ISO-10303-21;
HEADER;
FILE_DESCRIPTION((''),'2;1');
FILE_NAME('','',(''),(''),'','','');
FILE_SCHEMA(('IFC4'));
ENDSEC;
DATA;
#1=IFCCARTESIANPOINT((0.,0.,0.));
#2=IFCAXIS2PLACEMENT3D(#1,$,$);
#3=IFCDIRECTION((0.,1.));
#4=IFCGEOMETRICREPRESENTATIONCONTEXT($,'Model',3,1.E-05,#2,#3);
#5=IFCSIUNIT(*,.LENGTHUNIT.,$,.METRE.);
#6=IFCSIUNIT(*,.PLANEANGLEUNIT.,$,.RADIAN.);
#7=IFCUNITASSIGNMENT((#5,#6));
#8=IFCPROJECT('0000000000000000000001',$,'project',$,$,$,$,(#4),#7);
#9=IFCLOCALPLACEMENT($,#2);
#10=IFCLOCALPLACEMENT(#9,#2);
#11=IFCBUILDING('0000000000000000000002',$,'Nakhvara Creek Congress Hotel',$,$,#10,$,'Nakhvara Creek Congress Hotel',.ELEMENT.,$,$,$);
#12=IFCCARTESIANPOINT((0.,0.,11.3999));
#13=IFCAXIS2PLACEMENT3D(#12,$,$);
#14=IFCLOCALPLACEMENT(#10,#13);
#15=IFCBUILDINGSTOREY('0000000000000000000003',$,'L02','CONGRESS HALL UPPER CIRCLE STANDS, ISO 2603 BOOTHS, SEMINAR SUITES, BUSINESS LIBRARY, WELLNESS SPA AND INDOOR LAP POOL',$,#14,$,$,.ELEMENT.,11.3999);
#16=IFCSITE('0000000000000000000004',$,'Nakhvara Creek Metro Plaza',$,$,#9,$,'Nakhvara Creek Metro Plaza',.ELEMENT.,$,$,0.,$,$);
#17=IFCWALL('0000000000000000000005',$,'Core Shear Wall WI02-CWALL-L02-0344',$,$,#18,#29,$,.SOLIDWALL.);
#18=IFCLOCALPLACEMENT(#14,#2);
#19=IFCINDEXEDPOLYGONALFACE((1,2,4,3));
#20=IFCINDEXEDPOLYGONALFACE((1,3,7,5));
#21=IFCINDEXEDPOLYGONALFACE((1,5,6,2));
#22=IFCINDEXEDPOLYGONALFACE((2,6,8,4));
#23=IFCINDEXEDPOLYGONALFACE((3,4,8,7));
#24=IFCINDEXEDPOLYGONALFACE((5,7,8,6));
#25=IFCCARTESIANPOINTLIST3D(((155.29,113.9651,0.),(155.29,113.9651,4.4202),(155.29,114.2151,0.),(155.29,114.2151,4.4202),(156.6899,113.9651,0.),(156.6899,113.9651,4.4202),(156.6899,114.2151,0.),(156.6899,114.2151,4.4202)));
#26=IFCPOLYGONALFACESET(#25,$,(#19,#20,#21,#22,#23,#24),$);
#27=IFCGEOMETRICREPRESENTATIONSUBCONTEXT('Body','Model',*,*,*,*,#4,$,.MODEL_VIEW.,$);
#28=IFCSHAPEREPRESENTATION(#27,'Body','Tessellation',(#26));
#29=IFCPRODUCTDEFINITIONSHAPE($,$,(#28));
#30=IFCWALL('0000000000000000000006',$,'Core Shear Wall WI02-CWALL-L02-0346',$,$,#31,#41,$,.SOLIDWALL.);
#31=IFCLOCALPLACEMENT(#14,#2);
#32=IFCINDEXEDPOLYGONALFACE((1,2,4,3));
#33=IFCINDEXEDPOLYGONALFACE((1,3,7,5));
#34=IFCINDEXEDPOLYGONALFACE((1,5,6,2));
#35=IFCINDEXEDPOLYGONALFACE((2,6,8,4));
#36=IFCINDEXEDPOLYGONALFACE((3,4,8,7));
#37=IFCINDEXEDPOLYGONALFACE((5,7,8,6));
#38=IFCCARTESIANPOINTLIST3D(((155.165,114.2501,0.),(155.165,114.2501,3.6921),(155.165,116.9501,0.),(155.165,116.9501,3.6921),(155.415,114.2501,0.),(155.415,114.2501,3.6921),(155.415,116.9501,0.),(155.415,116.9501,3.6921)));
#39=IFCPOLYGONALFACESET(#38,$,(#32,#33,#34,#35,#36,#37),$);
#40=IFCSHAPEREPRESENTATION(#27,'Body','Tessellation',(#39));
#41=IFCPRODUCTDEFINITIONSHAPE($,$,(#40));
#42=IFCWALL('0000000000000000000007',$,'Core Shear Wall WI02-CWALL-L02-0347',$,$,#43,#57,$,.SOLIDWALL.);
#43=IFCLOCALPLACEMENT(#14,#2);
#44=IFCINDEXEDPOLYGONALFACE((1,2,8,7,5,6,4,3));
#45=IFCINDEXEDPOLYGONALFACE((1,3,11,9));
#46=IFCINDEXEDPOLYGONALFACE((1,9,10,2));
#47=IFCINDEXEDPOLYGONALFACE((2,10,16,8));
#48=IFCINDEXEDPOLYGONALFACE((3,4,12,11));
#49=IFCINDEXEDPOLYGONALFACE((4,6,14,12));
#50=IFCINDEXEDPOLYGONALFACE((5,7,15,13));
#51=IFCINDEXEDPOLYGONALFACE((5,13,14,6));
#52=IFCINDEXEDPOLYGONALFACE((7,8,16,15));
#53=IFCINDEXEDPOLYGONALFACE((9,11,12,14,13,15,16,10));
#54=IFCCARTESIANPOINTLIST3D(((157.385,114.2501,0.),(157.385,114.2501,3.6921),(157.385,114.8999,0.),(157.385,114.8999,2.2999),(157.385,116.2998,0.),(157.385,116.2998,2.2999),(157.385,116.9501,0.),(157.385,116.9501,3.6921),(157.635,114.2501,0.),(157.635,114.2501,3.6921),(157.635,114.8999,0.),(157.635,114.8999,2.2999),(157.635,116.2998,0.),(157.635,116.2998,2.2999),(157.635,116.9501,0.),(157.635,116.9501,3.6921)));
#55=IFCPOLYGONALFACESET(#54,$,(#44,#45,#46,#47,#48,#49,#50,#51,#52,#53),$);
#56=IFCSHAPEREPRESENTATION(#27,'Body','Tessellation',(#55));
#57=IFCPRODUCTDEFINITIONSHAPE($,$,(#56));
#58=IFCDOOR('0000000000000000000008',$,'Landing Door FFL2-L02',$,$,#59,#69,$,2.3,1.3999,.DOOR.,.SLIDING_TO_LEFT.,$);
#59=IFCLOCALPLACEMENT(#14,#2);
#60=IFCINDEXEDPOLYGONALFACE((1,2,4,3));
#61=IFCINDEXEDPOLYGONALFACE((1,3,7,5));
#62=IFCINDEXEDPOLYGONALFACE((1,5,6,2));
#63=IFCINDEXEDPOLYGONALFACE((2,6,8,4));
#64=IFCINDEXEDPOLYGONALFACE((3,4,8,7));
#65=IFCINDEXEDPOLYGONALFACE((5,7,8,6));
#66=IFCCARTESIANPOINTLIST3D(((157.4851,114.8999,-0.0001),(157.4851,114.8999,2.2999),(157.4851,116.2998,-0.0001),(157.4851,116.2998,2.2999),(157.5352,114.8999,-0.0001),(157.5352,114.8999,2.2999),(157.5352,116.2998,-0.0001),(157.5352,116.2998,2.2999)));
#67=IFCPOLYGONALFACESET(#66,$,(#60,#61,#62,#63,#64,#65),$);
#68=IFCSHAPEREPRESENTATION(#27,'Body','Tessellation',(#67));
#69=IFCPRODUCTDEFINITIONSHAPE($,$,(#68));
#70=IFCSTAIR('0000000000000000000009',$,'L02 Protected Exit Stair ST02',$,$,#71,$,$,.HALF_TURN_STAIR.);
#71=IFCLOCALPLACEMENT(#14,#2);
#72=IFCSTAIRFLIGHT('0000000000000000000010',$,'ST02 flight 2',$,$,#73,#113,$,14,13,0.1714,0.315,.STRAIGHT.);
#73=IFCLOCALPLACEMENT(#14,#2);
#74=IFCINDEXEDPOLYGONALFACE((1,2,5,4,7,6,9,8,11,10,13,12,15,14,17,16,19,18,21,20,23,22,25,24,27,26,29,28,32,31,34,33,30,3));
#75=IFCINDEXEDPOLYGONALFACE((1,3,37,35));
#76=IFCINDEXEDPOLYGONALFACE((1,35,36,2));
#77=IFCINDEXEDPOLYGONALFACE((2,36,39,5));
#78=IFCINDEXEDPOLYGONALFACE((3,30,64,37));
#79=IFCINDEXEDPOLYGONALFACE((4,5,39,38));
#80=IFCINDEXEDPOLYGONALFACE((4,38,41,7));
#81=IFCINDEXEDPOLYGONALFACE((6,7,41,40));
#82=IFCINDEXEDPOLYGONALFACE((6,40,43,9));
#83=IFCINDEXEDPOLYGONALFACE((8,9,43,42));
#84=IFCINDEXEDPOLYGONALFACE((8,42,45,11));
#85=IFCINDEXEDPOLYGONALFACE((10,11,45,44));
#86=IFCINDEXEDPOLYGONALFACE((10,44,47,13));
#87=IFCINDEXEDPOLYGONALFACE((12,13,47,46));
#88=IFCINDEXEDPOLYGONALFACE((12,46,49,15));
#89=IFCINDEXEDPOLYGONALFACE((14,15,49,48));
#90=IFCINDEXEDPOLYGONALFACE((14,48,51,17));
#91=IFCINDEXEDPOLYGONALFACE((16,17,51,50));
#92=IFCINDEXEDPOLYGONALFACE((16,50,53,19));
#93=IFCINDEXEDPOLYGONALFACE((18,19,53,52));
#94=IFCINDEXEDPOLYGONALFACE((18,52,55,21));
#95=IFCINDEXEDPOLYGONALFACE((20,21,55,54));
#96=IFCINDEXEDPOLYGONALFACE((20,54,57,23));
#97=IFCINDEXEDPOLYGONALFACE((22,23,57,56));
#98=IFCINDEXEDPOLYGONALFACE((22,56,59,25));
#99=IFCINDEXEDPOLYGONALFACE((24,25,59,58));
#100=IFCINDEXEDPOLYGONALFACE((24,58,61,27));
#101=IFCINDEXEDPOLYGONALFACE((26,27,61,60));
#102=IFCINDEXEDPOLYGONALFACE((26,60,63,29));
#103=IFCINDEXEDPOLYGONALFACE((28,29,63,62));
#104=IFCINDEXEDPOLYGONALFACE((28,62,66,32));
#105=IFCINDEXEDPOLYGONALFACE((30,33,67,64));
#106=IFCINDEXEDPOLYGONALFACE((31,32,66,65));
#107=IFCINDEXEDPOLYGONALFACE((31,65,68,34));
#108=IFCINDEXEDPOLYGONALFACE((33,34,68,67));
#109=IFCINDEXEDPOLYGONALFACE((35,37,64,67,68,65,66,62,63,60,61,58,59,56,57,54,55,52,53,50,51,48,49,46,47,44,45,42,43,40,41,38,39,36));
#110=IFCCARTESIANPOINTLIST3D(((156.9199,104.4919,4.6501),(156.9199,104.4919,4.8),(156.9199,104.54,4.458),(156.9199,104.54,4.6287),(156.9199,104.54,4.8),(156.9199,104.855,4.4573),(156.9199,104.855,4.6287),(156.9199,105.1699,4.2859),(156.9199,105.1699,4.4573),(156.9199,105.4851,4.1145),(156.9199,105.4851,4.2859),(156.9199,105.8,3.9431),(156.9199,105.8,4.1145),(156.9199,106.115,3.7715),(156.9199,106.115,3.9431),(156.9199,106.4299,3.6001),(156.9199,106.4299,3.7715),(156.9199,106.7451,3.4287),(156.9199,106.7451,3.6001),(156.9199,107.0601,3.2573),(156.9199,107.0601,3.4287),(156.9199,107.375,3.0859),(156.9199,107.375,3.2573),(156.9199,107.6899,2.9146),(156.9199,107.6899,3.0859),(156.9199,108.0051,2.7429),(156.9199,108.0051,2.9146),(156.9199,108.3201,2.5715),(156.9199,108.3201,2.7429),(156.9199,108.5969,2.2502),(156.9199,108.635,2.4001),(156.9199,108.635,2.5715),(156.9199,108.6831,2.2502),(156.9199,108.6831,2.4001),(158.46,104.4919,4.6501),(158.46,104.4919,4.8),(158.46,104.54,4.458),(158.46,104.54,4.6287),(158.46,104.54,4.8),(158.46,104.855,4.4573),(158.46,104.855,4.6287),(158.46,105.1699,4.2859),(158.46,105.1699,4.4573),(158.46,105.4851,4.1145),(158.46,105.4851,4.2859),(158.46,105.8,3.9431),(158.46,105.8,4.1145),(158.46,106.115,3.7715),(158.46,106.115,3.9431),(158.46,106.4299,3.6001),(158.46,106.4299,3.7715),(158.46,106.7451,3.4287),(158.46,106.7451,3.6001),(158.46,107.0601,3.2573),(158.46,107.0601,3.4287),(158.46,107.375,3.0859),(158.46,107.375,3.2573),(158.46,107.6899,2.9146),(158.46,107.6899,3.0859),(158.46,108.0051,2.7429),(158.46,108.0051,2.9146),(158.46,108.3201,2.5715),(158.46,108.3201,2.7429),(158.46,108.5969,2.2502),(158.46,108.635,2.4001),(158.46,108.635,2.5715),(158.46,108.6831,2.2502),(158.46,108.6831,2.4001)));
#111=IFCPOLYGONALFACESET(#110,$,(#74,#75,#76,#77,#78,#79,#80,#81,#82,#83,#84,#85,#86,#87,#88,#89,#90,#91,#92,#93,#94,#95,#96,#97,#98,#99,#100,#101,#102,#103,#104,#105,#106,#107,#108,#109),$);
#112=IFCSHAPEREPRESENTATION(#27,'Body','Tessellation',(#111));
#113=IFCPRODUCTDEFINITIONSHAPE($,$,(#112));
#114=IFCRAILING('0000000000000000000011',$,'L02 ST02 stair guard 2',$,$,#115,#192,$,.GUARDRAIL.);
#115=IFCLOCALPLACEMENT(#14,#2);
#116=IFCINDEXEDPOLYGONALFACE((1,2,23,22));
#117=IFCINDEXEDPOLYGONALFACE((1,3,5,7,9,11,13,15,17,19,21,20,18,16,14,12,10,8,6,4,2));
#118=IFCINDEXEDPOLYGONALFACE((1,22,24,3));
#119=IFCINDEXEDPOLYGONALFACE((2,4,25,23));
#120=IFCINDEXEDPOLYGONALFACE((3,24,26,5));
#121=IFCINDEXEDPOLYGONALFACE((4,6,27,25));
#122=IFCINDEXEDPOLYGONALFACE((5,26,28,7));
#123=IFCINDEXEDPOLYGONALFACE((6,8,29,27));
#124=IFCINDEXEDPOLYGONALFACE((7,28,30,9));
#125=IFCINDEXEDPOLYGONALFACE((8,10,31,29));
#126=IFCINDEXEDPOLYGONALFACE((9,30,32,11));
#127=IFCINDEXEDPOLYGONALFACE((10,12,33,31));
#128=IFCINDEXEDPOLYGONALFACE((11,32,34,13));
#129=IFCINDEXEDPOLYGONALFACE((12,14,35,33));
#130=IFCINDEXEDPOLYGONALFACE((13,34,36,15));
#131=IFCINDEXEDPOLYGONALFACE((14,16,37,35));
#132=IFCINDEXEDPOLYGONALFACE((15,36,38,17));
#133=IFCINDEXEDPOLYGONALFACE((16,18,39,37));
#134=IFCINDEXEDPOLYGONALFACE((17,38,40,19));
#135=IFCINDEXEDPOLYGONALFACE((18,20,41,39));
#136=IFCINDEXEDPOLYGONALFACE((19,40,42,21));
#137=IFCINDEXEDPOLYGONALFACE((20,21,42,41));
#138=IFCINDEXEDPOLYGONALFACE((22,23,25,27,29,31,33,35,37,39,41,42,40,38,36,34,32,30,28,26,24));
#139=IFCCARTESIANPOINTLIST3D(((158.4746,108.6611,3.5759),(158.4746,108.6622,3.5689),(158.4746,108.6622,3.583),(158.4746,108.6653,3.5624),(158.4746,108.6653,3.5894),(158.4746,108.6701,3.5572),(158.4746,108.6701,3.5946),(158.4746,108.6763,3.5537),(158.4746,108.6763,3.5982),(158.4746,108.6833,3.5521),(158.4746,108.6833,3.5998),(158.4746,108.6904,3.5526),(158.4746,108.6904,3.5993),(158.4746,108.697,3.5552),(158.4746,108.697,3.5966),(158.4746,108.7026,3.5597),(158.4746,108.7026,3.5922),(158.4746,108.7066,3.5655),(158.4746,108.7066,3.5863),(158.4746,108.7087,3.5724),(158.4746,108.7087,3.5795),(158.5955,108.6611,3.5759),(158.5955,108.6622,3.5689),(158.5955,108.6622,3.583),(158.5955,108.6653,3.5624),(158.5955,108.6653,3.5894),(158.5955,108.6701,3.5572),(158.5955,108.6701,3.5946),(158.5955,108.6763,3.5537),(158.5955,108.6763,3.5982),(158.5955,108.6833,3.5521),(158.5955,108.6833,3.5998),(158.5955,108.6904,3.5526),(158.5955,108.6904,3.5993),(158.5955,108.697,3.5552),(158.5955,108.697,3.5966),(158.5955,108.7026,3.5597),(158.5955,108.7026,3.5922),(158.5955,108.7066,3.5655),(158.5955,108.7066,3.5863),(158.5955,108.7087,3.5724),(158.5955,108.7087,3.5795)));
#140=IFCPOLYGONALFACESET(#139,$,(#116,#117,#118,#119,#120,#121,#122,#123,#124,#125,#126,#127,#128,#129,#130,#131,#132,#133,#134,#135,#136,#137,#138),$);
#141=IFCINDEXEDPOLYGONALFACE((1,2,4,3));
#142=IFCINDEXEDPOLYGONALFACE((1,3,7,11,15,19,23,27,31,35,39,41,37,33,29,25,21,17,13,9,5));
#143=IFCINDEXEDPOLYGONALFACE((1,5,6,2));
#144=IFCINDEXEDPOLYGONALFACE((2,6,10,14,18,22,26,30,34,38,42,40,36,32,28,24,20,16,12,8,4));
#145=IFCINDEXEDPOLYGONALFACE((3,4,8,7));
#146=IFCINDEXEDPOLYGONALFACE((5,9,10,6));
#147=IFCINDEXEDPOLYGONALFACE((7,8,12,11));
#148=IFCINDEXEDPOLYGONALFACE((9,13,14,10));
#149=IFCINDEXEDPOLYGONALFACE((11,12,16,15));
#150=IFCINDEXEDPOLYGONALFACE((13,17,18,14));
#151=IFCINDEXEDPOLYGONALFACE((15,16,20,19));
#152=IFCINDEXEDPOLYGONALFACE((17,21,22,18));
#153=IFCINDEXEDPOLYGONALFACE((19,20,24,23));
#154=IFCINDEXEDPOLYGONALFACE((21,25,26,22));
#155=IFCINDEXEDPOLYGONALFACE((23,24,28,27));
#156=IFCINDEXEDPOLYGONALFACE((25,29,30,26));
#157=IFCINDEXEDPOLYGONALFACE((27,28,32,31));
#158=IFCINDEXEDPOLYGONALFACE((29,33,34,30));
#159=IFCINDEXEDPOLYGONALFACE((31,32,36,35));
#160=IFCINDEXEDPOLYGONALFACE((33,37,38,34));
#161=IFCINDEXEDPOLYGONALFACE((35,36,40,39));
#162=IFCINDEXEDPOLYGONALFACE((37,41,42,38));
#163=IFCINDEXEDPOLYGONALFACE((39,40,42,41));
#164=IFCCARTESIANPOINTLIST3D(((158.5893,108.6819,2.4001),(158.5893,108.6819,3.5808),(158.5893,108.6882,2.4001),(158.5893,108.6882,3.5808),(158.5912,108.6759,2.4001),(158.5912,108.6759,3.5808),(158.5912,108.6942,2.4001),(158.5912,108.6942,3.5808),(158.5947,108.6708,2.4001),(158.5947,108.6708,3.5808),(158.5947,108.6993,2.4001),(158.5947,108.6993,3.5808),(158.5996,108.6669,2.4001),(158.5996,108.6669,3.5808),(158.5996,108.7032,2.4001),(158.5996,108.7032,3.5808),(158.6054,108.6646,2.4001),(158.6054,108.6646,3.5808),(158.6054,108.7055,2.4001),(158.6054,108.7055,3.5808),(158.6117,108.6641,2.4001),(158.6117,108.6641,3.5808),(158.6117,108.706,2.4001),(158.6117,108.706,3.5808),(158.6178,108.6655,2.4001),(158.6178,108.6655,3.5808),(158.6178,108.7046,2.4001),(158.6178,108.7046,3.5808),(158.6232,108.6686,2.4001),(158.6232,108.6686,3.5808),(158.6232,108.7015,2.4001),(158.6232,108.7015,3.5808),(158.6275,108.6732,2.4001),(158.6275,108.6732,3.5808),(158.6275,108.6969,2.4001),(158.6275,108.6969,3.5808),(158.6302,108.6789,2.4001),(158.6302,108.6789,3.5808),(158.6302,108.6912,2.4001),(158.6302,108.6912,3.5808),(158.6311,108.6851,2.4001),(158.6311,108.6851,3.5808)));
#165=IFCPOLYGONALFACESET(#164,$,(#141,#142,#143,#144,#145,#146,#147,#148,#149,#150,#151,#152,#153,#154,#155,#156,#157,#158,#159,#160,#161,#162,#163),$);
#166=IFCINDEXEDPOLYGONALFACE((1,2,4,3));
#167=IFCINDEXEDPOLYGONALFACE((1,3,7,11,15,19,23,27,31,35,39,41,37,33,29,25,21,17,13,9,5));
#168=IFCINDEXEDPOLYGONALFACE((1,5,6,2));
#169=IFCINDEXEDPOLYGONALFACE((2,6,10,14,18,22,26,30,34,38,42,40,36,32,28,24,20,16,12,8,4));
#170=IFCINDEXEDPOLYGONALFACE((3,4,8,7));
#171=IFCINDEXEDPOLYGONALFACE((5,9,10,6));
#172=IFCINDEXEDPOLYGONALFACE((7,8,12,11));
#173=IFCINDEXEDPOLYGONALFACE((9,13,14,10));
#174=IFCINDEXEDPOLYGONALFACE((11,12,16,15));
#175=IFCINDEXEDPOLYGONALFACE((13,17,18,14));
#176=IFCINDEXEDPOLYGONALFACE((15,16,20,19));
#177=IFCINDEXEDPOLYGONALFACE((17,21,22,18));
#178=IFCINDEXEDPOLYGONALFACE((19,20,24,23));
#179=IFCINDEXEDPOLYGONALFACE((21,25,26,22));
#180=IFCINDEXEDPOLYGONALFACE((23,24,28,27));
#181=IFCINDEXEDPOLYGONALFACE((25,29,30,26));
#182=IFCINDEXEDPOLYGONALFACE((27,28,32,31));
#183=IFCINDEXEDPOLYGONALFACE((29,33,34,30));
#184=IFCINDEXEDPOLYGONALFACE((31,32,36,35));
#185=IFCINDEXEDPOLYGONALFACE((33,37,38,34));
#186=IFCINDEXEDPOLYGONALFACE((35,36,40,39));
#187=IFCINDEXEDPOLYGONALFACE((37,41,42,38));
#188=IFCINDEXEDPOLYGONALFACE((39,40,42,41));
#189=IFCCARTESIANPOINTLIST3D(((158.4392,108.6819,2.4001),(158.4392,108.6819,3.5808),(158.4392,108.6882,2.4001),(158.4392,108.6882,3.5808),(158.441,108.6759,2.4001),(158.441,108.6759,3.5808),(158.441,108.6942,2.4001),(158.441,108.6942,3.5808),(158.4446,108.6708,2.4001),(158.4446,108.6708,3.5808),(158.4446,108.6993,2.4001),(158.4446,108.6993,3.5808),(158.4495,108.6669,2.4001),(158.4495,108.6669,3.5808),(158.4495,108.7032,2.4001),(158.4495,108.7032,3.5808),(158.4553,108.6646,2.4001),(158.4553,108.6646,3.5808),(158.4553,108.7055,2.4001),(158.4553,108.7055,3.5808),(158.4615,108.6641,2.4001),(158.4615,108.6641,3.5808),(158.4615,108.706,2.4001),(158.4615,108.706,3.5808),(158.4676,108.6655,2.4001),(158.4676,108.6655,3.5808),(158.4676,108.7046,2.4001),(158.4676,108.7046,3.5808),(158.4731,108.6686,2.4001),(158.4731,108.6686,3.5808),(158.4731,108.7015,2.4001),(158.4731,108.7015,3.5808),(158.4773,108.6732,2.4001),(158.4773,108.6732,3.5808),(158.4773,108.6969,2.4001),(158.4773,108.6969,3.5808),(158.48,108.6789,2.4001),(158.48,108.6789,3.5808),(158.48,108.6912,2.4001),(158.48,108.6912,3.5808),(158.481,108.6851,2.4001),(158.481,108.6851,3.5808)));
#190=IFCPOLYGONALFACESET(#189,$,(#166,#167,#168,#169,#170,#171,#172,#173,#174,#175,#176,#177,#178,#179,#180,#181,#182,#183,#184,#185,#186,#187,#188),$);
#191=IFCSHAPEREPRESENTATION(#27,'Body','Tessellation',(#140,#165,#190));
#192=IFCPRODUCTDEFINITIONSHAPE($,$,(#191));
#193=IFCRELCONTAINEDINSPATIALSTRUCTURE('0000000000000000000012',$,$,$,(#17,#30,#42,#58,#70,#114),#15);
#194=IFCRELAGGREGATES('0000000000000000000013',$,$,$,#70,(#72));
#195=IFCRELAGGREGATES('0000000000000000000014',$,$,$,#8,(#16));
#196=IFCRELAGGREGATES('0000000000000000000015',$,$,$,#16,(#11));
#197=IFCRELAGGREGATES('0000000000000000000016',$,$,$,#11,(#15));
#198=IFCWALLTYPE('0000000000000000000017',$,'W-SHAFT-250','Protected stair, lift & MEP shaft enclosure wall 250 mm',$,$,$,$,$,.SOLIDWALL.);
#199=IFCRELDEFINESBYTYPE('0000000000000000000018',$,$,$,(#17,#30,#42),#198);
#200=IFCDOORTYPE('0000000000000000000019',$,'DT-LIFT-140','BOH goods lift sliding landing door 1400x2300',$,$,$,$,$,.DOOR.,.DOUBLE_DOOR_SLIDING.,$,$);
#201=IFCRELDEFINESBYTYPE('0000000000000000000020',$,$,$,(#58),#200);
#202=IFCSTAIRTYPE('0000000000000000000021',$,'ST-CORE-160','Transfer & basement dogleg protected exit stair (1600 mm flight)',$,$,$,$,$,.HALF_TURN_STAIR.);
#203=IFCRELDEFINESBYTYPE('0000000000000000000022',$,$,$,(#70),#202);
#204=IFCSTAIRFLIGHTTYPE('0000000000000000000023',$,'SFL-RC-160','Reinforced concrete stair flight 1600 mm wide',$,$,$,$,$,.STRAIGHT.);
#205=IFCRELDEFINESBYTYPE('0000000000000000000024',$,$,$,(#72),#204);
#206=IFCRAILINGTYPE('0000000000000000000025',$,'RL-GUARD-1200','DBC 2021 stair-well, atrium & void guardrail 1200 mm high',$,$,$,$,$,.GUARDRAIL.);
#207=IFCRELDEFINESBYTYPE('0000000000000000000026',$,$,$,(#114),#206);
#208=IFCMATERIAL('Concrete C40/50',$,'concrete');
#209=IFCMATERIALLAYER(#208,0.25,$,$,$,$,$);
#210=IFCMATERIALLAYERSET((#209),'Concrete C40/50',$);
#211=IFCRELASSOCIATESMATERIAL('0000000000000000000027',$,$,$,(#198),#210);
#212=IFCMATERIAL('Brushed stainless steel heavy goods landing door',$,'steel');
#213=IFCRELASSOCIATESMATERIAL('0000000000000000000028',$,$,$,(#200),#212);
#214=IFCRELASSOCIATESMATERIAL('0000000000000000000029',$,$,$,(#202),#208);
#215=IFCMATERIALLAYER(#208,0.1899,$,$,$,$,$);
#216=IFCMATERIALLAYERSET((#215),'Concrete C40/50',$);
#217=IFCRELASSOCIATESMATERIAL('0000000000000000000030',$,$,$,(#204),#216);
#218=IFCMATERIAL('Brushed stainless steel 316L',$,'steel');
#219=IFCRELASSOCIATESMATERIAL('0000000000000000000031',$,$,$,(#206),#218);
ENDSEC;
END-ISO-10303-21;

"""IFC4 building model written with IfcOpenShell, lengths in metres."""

from ifc_helpers import new_model, si_unit, direction, frame, frame_2d, origin, origin_2d, place, context, subcontext, project, spatial, polyline, rectangle, circle, outline, extrude, material, layer, layer_set, type_object, element, fill, aggregate, save


model = new_model("IFC4")

# Units and contexts
model_context = context("Model", 3, precision=1e-05, world=origin(), true_north=direction((0.0, 1.0)))
body_context = subcontext(model_context, "Body", "Model", "MODEL_VIEW")
ifc_project = project(units=[si_unit("LENGTHUNIT", "METRE"), si_unit("PLANEANGLEUNIT", "RADIAN")], contexts=[model_context])

# Site, building, storey
site_placement = place(None, origin())
site = spatial("IfcSite", under=ifc_project, at=site_placement, Name="Nakhvara Creek Metro Plaza", LongName="Nakhvara Creek Metro Plaza", CompositionType="ELEMENT", RefElevation=0.0)
building_placement = place(site_placement, origin())
building = spatial("IfcBuilding", under=site, at=building_placement, Name="Nakhvara Creek Congress Hotel", LongName="Nakhvara Creek Congress Hotel", CompositionType="ELEMENT")
storey_placement = place(building_placement, frame((0.0, 0.0, 11.3999)))
storey = spatial("IfcBuildingStorey", under=building, at=storey_placement, Name="L02", Description="CONGRESS HALL UPPER CIRCLE STANDS, ISO 2603 BOOTHS, SEMINAR SUITES, BUSINESS LIBRARY, WELLNESS SPA AND INDOOR LAP POOL", CompositionType="ELEMENT", Elevation=11.3999)

# Shared definitions
ifc_material_1 = material(Name="Concrete C40/50", Category="concrete")

# Walls
ifc_layer_1 = layer(ifc_material_1, 0.25)
ifc_layer_set_1 = layer_set([ifc_layer_1], Name="Concrete C40/50")
wall_type_1 = type_object("IfcWallType", Name="W-SHAFT-250", Description="Protected stair, lift & MEP shaft enclosure wall 250 mm", PredefinedType="SOLIDWALL", material=ifc_layer_set_1)
wall_1_placement = place(storey_placement, frame((155.29, 114.0901, 0.0), z_axis=(0.0, 0.0, 1.0), x_axis=(1.0, 0.0, 0.0)))
element("IfcWall", 1, at=wall_1_placement, inside=storey, type_object=wall_type_1, Name="Core Shear Wall WI02-CWALL-L02-0344", PredefinedType="SOLIDWALL", context=body_context, shape_type="SweptSolid", body=[
    extrude(rectangle(XDim=1.3999, YDim=0.25, at=frame_2d((0.7, 0.0))), origin(), (0.0, 0.0, 1.0), 4.4202),
])
wall_2_placement = place(storey_placement, frame((155.29, 114.25, 0.0), z_axis=(0.0, 0.0, 1.0), x_axis=(0.0, 1.0, 0.0)))
element("IfcWall", 2, at=wall_2_placement, inside=storey, type_object=wall_type_1, Name="Core Shear Wall WI02-CWALL-L02-0346", PredefinedType="SOLIDWALL", context=body_context, shape_type="SweptSolid", body=[
    extrude(rectangle(XDim=2.7, YDim=0.25, at=frame_2d((1.3501, 0.0))), origin(), (0.0, 0.0, 1.0), 3.6921),
])

# Wall, opening, door
wall_3_placement = place(storey_placement, frame((157.51, 114.25, 0.0), z_axis=(0.0, 0.0, 1.0), x_axis=(0.0, 1.0, 0.0)))
wall_3 = element("IfcWall", 3, at=wall_3_placement, inside=storey, type_object=wall_type_1, Name="Core Shear Wall WI02-CWALL-L02-0347", PredefinedType="SOLIDWALL", context=body_context, shape_type="SweptSolid", body=[
    extrude(rectangle(XDim=2.7, YDim=0.25, at=frame_2d((1.3501, 0.0))), origin(), (0.0, 0.0, 1.0), 3.6921),
])
opening_1_placement = place(wall_3_placement, frame((0.6499, 0.0, 0.0)))
opening_1 = element("IfcOpeningElement", 4, at=opening_1_placement, cuts=wall_3, PredefinedType="OPENING", context=body_context, shape_type="SweptSolid", body=[
    extrude(rectangle(XDim=1.3999, YDim=2.3, at=frame_2d((0.7, 1.1499))), frame((0.0, 0.137, 0.0), z_axis=(0.0, -1.0, 0.0), x_axis=(1.0, 0.0, 0.0)), (0.0, 0.0, 1.0), 0.2739),
])
ifc_material_2 = material(Name="Brushed stainless steel heavy goods landing door", Category="steel")
door_type_1 = type_object("IfcDoorType", Name="DT-LIFT-140", Description="BOH goods lift sliding landing door 1400x2300", OperationType="DOUBLE_DOOR_SLIDING", PredefinedType="DOOR", material=ifc_material_2)
door_1_placement = place(opening_1_placement, origin())
door_1 = element("IfcDoor", 5, at=door_1_placement, inside=storey, type_object=door_type_1, Name="Landing Door FFL2-L02", OperationType="SLIDING_TO_LEFT", OverallHeight=2.3, OverallWidth=1.3999, PredefinedType="DOOR", context=body_context, shape_type="SweptSolid", body=[
    extrude(rectangle(XDim=1.3999, YDim=2.3, at=frame_2d((0.7, 1.1499))), frame((0.0, 0.0249, 0.0), z_axis=(0.0, -1.0, 0.0), x_axis=(1.0, 0.0, 0.0)), (0.0, 0.0, 1.0), 0.05),
])
fill(opening_1, door_1)

# Stair, stair flight
stair_type = type_object("IfcStairType", Name="ST-CORE-160", Description="Transfer & basement dogleg protected exit stair (1600 mm flight)", PredefinedType="HALF_TURN_STAIR", material=ifc_material_1)
stair_placement = place(storey_placement, origin())
stair = element("IfcStair", 6, at=stair_placement, inside=storey, type_object=stair_type, Name="L02 Protected Exit Stair ST02", PredefinedType="HALF_TURN_STAIR")
ifc_layer_2 = layer(ifc_material_1, 0.1899)
ifc_layer_set_2 = layer_set([ifc_layer_2], Name="Concrete C40/50")
stair_flight_type = type_object("IfcStairFlightType", Name="SFL-RC-160", Description="Reinforced concrete stair flight 1600 mm wide", PredefinedType="STRAIGHT", material=ifc_layer_set_2)
stair_flight_placement = place(storey_placement, frame((157.6899, 108.635, 2.4001), z_axis=(0.0, 0.0, 1.0), x_axis=(0.0, -1.0, 0.0)))
stair_flight = element("IfcStairFlight", 7, at=stair_flight_placement, type_object=stair_flight_type, Name="ST02 flight 2", NumberOfRisers=14, NumberOfTreads=13, PredefinedType="STRAIGHT", RiserHeight=0.1714, TreadLength=0.315, context=body_context, shape_type="SweptSolid", body=[
    extrude(outline(polyline([(-0.0481, 0.0), (0.0, 0.0), (0.0, 0.1714), (0.3149, 0.1714), (0.3149, 0.3428), (0.6299, 0.3428), (0.6299, 0.5144), (0.9451, 0.5144), (0.9451, 0.6858), (1.26, 0.6858), (1.26, 0.8572), (1.575, 0.8572), (1.575, 1.0286), (1.8899, 1.0286), (1.8899, 1.2), (2.2051, 1.2), (2.2051, 1.3713), (2.52, 1.3713), (2.52, 1.543), (2.835, 1.543), (2.835, 1.7144), (3.1499, 1.7144), (3.1499, 1.8857), (3.4651, 1.8857), (3.4651, 2.0571), (3.78, 2.0571), (3.78, 2.2285), (4.095, 2.2285), (4.095, 2.3999), (4.1431, 2.3999), (4.1431, 2.25), (4.095, 2.0579), (0.0381, -0.1499), (-0.0481, -0.1499), (-0.0481, 0.0)])), frame((0.0, 0.77, 0.0), z_axis=(0.0, -1.0, 0.0), x_axis=(1.0, 0.0, 0.0)), (0.0, 0.0, 1.0), 1.54),
])
aggregate(stair, [stair_flight])

# Railing
ifc_material_3 = material(Name="Brushed stainless steel 316L", Category="steel")
railing_type_1 = type_object("IfcRailingType", Name="RL-GUARD-1200", Description="DBC 2021 stair-well, atrium & void guardrail 1200 mm high", PredefinedType="GUARDRAIL", material=ifc_material_3)
railing_1_placement = place(storey_placement, frame((158.6101, 108.6851, 2.4001)))
element("IfcRailing", 8, at=railing_1_placement, inside=storey, type_object=railing_type_1, Name="L02 ST02 stair guard 2", PredefinedType="GUARDRAIL", context=body_context, shape_type="SweptSolid", body=[
    extrude(circle(Radius=0.0239, at=origin_2d()), frame((-0.0146, 0.0, 1.1758), z_axis=(-1.0, 0.0, 0.0), x_axis=(0.0, -1.0, 0.0)), (0.0, 0.0, 1.0), 0.1208),
    extrude(circle(Radius=0.021, at=origin_2d()), origin(), (0.0, 0.0, 1.0), 1.1807),
    extrude(circle(Radius=0.021, at=origin_2d()), frame((-0.1501, 0.0, 0.0)), (0.0, 0.0, 1.0), 1.1807),
])

save(model, "model.ifc")
